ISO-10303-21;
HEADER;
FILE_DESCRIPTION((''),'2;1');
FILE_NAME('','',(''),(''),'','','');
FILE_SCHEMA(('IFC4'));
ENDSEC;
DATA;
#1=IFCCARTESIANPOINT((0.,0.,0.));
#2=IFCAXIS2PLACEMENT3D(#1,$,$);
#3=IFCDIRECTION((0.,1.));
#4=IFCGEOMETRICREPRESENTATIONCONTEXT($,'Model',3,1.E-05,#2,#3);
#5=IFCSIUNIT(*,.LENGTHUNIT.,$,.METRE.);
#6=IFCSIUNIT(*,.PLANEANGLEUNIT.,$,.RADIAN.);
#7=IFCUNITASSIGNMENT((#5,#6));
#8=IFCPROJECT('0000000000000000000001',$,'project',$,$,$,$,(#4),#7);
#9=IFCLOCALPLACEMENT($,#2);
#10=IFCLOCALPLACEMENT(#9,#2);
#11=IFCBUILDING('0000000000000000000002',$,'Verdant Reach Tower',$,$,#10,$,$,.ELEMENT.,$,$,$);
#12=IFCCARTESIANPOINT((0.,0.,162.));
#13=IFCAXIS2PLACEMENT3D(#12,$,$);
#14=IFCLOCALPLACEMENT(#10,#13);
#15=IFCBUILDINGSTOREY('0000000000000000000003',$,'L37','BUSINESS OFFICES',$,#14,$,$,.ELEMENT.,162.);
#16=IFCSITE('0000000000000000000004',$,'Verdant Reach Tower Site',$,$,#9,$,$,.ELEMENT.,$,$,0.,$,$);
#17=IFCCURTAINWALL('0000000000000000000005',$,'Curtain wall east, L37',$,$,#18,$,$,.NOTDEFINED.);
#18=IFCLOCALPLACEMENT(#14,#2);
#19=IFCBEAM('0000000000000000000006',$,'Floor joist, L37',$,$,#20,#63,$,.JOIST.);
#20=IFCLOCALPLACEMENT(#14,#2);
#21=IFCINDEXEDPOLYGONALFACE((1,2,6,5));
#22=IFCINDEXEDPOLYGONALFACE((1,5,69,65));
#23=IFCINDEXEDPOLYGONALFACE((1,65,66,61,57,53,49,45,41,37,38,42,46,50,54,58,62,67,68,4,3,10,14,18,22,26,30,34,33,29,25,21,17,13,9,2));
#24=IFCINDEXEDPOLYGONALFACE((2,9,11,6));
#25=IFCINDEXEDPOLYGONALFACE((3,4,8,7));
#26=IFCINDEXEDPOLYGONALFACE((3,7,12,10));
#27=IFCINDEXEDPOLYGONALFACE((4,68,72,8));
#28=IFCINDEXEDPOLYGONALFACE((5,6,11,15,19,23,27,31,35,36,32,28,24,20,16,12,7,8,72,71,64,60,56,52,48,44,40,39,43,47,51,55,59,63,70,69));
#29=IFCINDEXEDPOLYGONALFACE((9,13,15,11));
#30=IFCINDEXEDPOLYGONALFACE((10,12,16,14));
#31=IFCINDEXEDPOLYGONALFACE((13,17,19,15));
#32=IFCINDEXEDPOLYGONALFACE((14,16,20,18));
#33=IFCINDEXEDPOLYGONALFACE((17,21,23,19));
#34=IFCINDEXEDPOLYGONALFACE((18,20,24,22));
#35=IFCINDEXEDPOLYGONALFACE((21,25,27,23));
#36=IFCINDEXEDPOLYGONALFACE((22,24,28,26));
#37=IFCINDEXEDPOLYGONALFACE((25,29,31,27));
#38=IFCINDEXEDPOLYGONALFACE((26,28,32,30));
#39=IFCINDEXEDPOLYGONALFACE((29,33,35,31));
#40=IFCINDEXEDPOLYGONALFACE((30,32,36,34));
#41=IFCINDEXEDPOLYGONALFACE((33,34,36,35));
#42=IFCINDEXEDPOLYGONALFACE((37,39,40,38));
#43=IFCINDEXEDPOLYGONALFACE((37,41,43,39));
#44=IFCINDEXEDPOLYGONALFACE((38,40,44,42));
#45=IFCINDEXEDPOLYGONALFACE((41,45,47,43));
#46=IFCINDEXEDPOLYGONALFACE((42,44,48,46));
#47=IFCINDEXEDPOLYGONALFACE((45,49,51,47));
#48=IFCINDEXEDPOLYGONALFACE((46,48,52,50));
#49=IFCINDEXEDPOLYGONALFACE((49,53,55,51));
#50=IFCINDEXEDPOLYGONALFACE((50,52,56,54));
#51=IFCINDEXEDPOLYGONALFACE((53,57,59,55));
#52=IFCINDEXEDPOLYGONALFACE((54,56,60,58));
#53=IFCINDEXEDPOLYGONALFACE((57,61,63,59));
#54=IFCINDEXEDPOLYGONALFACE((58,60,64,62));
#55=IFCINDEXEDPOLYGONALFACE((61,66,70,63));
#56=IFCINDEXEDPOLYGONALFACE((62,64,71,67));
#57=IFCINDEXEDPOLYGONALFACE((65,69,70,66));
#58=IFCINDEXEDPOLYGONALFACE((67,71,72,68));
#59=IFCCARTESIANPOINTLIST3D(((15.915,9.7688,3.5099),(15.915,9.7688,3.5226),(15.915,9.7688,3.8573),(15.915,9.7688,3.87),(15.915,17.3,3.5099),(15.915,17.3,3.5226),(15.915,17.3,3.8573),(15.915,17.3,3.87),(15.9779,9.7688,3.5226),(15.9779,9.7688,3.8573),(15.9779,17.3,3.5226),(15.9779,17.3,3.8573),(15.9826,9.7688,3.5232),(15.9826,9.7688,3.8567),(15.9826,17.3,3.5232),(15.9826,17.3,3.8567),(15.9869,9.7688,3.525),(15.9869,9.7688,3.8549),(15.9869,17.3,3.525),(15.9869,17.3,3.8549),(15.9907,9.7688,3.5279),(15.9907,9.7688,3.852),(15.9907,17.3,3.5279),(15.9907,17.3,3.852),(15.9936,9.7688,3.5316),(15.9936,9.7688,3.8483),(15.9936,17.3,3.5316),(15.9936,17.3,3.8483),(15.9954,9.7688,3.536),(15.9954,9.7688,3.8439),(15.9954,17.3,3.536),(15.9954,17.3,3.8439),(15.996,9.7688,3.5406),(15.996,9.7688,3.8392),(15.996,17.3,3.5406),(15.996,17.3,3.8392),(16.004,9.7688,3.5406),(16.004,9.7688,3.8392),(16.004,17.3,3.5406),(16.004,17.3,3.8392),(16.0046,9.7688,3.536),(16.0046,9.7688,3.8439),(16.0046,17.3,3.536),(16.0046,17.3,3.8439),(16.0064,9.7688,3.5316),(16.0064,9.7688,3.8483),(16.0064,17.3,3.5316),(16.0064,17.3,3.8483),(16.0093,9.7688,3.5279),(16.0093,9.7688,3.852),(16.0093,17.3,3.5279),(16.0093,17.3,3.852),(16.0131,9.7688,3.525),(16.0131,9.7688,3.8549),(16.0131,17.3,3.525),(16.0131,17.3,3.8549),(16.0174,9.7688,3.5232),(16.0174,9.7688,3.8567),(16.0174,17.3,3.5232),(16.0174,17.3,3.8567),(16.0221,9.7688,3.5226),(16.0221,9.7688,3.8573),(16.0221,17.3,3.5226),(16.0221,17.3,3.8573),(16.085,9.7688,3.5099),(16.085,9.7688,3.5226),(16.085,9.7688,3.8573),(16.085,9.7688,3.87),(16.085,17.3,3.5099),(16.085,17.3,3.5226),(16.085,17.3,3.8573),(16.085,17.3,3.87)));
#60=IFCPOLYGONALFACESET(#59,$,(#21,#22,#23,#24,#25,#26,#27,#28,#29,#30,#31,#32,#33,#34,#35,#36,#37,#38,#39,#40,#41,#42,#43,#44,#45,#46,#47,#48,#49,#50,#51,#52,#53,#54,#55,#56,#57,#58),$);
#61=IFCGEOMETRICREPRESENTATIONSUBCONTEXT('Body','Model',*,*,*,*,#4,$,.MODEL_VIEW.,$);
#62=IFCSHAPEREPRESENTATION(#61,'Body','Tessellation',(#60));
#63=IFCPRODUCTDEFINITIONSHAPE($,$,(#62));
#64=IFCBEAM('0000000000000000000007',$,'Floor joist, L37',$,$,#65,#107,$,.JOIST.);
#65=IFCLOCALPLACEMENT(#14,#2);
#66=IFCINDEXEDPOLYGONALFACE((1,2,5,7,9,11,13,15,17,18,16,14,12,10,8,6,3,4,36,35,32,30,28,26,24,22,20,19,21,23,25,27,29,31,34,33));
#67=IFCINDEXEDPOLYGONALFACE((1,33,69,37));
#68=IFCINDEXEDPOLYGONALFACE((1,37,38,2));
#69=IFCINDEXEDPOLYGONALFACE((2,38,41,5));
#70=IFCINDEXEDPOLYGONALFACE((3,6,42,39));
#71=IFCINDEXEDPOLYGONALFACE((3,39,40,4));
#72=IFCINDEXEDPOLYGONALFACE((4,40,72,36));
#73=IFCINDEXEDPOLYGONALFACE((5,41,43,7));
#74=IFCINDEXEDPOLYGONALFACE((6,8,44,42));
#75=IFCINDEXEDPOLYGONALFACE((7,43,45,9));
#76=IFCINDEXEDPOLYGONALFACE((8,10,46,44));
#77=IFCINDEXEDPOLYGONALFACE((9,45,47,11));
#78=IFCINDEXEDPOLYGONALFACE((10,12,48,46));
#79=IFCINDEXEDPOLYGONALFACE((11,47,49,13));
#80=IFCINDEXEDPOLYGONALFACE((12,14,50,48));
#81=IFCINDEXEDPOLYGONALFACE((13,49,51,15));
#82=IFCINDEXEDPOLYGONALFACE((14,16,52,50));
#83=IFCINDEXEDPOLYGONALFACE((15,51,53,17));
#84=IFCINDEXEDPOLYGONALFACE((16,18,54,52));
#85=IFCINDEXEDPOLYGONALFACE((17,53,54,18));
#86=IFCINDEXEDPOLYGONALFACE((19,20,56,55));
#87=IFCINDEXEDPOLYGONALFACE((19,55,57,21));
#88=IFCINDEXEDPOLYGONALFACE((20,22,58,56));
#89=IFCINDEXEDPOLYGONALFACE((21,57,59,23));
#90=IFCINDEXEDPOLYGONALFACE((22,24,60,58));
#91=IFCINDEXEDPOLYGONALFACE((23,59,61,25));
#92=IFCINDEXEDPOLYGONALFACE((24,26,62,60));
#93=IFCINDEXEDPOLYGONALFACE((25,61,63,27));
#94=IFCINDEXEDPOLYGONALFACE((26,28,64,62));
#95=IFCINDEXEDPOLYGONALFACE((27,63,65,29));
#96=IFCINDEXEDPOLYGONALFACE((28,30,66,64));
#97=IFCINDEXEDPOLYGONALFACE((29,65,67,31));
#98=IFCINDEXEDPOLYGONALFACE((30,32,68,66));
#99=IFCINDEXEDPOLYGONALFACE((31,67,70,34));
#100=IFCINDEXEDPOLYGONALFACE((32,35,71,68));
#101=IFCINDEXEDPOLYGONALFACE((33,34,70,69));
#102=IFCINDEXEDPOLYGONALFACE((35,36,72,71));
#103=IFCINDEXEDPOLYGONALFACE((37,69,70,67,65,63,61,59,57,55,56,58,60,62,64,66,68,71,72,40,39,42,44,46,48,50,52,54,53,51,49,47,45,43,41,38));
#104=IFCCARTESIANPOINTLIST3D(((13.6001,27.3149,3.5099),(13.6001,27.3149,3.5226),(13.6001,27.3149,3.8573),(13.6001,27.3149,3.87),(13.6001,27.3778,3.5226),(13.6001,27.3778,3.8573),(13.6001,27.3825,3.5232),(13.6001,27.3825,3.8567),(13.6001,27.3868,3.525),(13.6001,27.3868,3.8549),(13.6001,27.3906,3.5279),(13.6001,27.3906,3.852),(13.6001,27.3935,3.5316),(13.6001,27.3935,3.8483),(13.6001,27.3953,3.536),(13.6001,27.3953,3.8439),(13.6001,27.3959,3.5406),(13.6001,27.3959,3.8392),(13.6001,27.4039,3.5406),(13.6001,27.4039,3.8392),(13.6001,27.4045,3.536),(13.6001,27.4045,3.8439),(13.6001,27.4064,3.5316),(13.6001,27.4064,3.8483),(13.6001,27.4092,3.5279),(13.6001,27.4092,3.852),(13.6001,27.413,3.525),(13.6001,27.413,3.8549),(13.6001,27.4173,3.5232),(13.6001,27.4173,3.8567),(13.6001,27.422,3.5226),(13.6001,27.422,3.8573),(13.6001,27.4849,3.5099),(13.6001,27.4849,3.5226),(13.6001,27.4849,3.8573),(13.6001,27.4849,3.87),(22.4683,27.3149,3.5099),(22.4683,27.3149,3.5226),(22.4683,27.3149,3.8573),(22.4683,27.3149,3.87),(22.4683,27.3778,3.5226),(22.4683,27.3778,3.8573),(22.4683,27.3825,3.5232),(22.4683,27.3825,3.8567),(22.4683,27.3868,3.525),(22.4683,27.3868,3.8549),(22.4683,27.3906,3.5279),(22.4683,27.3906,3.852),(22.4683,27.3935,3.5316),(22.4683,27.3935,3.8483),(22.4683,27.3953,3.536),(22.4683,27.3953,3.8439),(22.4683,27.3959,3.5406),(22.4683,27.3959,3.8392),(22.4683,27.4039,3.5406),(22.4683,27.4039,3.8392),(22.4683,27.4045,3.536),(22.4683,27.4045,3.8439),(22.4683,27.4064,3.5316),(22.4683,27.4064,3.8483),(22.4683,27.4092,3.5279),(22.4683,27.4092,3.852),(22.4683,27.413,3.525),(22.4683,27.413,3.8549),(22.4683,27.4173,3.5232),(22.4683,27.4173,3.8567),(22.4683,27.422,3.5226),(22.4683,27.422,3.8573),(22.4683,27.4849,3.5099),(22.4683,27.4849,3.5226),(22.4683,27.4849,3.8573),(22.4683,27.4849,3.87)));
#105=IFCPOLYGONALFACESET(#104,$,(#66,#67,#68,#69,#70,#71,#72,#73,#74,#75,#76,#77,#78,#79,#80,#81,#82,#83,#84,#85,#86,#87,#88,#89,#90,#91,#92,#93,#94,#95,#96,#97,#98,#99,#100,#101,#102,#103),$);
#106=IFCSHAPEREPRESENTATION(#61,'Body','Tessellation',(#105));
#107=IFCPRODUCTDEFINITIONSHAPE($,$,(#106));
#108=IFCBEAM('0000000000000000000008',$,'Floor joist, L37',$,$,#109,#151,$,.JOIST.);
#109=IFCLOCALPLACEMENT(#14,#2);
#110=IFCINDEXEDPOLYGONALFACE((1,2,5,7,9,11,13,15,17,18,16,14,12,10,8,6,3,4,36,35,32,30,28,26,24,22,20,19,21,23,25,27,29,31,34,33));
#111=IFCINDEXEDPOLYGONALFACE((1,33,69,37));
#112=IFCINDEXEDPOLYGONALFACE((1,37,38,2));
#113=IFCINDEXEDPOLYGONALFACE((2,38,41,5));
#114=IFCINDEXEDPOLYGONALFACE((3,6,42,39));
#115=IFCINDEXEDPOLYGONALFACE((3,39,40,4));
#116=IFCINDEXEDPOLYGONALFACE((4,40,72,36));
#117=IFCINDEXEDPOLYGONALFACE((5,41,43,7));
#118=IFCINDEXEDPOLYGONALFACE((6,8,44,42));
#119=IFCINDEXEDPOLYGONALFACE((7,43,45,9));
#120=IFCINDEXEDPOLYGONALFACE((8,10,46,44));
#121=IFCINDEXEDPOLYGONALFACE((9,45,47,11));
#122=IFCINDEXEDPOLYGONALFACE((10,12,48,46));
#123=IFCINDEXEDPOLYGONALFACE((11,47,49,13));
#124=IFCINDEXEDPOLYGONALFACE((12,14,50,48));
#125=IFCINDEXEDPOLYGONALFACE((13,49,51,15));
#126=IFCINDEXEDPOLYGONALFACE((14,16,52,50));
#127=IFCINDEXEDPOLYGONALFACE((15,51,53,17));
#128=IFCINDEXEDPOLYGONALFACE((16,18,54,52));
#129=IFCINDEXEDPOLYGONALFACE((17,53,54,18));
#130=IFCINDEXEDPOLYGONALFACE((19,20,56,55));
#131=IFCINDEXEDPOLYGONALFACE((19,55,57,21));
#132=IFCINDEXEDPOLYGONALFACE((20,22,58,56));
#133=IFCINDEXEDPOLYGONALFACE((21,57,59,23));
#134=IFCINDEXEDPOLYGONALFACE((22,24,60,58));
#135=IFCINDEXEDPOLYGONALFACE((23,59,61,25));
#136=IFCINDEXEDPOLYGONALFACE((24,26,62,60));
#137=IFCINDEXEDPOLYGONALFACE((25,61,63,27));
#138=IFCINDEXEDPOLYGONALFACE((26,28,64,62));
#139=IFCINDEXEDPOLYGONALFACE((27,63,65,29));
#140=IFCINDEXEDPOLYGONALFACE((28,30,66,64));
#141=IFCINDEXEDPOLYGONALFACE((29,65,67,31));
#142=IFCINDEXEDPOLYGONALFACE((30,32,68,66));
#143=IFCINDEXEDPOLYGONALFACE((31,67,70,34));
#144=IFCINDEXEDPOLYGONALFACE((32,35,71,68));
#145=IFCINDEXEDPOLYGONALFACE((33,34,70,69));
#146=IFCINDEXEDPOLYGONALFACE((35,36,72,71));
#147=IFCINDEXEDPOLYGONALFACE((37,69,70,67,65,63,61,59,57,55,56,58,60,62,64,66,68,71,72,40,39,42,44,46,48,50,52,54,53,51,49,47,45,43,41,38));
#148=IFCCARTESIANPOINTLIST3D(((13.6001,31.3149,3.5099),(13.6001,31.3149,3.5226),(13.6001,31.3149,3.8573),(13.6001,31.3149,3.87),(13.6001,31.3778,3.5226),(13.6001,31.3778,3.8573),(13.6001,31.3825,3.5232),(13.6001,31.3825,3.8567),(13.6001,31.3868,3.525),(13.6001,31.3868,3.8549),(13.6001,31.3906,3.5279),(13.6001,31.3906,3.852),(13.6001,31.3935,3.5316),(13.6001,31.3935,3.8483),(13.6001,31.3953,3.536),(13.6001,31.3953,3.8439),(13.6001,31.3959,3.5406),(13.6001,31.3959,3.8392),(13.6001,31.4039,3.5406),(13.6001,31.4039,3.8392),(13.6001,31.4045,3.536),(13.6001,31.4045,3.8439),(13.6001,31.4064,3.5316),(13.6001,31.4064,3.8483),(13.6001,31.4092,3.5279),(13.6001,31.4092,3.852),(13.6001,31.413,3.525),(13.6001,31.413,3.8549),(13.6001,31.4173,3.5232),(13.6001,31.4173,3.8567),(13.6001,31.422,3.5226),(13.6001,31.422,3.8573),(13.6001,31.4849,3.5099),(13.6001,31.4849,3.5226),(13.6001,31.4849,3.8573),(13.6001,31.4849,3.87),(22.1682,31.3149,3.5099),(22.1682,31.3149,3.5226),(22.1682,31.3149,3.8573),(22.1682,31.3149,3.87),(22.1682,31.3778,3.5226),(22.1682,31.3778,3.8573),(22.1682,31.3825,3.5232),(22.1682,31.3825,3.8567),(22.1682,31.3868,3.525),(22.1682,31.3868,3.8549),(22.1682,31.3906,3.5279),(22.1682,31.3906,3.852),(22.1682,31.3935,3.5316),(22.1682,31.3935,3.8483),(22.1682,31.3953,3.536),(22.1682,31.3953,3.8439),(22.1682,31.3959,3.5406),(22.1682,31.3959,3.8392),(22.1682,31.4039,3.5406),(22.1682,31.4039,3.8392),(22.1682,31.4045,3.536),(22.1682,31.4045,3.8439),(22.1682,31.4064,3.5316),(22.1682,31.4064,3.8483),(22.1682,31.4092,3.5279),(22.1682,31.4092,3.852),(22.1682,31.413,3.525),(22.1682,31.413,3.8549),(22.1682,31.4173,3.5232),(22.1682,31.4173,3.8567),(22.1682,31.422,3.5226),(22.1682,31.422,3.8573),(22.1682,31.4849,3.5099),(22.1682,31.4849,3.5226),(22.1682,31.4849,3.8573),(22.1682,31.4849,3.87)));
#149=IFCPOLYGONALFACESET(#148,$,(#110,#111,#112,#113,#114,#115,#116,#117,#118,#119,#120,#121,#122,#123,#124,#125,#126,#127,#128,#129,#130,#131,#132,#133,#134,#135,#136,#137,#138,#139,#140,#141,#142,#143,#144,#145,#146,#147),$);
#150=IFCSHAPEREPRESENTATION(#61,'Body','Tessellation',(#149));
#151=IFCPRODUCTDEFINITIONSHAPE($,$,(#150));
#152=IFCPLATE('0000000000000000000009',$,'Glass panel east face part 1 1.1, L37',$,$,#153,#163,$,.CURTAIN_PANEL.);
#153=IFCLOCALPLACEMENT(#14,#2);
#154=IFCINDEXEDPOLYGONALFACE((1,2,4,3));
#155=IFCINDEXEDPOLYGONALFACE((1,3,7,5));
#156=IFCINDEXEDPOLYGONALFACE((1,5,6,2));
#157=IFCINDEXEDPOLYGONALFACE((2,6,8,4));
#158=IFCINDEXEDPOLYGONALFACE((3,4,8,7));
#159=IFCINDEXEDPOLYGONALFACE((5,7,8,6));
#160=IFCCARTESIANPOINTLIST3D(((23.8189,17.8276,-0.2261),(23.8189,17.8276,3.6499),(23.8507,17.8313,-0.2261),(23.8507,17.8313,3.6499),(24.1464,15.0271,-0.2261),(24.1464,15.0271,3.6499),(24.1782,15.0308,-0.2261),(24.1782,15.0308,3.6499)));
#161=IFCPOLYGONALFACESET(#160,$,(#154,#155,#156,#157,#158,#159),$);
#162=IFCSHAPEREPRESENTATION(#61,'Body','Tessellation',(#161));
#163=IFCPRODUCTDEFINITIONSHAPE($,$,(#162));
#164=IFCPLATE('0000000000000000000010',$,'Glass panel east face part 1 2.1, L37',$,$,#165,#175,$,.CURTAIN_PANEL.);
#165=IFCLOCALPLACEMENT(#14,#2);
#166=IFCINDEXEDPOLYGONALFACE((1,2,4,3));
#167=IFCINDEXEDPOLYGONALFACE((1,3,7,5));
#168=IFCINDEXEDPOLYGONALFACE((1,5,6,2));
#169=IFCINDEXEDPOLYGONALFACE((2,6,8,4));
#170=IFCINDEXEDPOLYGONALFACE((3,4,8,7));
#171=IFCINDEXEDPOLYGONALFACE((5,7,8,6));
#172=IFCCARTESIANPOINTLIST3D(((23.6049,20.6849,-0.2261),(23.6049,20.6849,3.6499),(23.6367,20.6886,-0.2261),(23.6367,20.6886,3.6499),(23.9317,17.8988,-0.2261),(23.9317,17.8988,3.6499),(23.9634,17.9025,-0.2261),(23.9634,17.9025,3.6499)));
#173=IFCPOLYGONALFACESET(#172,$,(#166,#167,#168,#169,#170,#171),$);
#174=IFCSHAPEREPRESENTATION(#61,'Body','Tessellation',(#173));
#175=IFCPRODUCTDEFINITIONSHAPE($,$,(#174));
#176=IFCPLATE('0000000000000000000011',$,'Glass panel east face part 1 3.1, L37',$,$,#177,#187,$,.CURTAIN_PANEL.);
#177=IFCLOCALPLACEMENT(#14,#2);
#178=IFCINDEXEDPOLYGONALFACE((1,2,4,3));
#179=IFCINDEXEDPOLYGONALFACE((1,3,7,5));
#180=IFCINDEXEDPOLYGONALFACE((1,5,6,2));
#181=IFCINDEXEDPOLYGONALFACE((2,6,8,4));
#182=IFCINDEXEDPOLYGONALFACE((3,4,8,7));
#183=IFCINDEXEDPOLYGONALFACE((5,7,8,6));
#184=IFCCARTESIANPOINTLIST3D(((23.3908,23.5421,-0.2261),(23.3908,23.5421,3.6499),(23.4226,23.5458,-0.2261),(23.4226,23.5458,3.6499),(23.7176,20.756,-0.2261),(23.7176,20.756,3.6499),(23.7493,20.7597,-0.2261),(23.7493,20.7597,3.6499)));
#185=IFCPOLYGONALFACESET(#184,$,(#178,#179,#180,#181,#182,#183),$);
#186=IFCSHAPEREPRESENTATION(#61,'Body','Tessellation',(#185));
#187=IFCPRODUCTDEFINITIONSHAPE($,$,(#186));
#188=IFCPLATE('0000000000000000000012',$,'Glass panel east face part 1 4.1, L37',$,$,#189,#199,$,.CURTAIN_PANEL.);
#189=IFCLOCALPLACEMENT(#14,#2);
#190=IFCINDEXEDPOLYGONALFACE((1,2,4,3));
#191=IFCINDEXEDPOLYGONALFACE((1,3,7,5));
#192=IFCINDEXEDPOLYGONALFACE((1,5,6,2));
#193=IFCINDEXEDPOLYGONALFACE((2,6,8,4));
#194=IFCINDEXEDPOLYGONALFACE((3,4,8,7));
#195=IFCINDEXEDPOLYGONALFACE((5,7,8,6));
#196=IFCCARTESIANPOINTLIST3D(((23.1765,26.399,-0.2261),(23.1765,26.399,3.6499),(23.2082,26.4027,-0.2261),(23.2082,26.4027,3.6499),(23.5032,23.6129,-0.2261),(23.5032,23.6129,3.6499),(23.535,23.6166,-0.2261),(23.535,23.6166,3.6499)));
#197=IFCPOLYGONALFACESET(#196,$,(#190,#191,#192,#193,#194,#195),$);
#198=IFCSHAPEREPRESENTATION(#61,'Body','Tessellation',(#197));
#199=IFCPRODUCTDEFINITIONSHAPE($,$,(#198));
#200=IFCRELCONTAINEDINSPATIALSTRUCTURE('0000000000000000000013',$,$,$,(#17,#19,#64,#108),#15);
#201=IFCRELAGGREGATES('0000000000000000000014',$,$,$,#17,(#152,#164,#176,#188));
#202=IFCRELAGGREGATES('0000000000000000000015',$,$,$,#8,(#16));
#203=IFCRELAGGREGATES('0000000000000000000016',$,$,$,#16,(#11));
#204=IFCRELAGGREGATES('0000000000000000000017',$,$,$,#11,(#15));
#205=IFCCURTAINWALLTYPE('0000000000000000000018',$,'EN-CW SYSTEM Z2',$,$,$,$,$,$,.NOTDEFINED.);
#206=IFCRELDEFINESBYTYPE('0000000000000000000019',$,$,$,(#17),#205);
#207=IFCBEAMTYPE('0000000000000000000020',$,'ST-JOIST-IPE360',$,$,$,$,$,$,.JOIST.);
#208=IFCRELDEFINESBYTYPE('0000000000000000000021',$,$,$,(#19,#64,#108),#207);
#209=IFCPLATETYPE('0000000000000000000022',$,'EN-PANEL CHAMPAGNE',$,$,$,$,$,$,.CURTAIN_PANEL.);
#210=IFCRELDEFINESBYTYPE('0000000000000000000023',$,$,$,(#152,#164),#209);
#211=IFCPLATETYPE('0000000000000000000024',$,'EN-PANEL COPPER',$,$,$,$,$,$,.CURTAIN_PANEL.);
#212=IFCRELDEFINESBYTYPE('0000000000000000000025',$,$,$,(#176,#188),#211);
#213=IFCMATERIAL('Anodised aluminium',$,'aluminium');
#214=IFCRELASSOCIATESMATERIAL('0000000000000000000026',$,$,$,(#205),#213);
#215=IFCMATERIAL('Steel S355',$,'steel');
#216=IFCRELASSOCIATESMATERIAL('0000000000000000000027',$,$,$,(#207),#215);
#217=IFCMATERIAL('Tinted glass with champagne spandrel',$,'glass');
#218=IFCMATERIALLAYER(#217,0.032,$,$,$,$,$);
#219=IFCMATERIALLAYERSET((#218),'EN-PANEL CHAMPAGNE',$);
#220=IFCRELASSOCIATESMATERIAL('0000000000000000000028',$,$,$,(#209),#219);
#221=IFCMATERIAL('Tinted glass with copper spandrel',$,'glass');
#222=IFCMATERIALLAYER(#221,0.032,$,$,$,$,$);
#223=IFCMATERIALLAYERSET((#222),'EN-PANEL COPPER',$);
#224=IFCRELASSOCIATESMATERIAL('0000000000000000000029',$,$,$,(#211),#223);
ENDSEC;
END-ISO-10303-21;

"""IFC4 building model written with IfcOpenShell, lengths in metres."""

from ifc_helpers import new_model, si_unit, direction, frame, origin, origin_2d, place, context, subcontext, project, spatial, rectangle, i_section, extrude, material, layer, layer_set, material_profile, profile_set, type_object, element, aggregate, save


model = new_model("IFC4")

# Units and contexts
model_context = context("Model", 3, precision=1e-05, world=origin(), true_north=direction((0.0, 1.0)))
body_context = subcontext(model_context, "Body", "Model", "MODEL_VIEW")
ifc_project = project(units=[si_unit("LENGTHUNIT", "METRE"), si_unit("PLANEANGLEUNIT", "RADIAN")], contexts=[model_context])

# Site, building, storey
site_placement = place(None, origin())
site = spatial("IfcSite", under=ifc_project, at=site_placement, Name="Verdant Reach Tower Site", CompositionType="ELEMENT", RefElevation=0.0)
building_placement = place(site_placement, origin())
building = spatial("IfcBuilding", under=site, at=building_placement, Name="Verdant Reach Tower", CompositionType="ELEMENT")
storey_placement = place(building_placement, frame((0.0, 0.0, 162.0)))
storey = spatial("IfcBuildingStorey", under=building, at=storey_placement, Name="L37", Description="BUSINESS OFFICES", CompositionType="ELEMENT", Elevation=162.0)

# Curtain wall
ifc_material_1 = material(Name="Anodised aluminium", Category="aluminium")
curtain_wall_type = type_object("IfcCurtainWallType", Name="EN-CW SYSTEM Z2", PredefinedType="NOTDEFINED", material=ifc_material_1)
curtain_wall_placement = place(storey_placement, origin())
curtain_wall = element("IfcCurtainWall", 1, at=curtain_wall_placement, inside=storey, type_object=curtain_wall_type, Name="Curtain wall east, L37", PredefinedType="NOTDEFINED")

# Beams
ifc_material_2 = material(Name="Steel S355", Category="steel")
ifc_material_profile_1 = material_profile(ifc_material_2, i_section(OverallWidth=0.1699, OverallDepth=0.3601, WebThickness=0.0081, FlangeThickness=0.0127, FilletRadius=0.0181, at=origin_2d()), Name="IPE 360")
ifc_profile_set_1 = profile_set([ifc_material_profile_1], Name="Steel S355")
beam_type_1 = type_object("IfcBeamType", Name="ST-JOIST-IPE360", PredefinedType="JOIST", material=ifc_profile_set_1)
beam_1_placement = place(storey_placement, frame((16.0, 17.3, 3.6899), z_axis=(0.0, -1.0, 0.0), x_axis=(1.0, 0.0, 0.0)))
element("IfcBeam", 2, at=beam_1_placement, inside=storey, type_object=beam_type_1, Name="Floor joist, L37", PredefinedType="JOIST", context=body_context, shape_type="SweptSolid", body=[
    extrude(i_section(OverallWidth=0.1699, OverallDepth=0.3601, WebThickness=0.0081, FlangeThickness=0.0127, FilletRadius=0.0181, at=origin_2d()), origin(), (0.0, 0.0, 1.0), 7.5312),
])
beam_2_placement = place(storey_placement, frame((13.6001, 27.3999, 3.6899), z_axis=(1.0, 0.0, 0.0), x_axis=(0.0, 1.0, 0.0)))
element("IfcBeam", 3, at=beam_2_placement, inside=storey, type_object=beam_type_1, Name="Floor joist, L37", PredefinedType="JOIST", context=body_context, shape_type="SweptSolid", body=[
    extrude(i_section(OverallWidth=0.1699, OverallDepth=0.3601, WebThickness=0.0081, FlangeThickness=0.0127, FilletRadius=0.0181, at=origin_2d()), origin(), (0.0, 0.0, 1.0), 8.8682),
])
beam_3_placement = place(storey_placement, frame((13.6001, 31.3999, 3.6899), z_axis=(1.0, 0.0, 0.0), x_axis=(0.0, 1.0, 0.0)))
element("IfcBeam", 4, at=beam_3_placement, inside=storey, type_object=beam_type_1, Name="Floor joist, L37", PredefinedType="JOIST", context=body_context, shape_type="SweptSolid", body=[
    extrude(i_section(OverallWidth=0.1699, OverallDepth=0.3601, WebThickness=0.0081, FlangeThickness=0.0127, FilletRadius=0.0181, at=origin_2d()), origin(), (0.0, 0.0, 1.0), 8.5681),
])

# Plates
ifc_material_3 = material(Name="Tinted glass with champagne spandrel", Category="glass")
ifc_layer_1 = layer(ifc_material_3, 0.032)
ifc_layer_set_1 = layer_set([ifc_layer_1], Name="EN-PANEL CHAMPAGNE")
plate_type_1 = type_object("IfcPlateType", Name="EN-PANEL CHAMPAGNE", PredefinedType="CURTAIN_PANEL", material=ifc_layer_set_1)
plate_1_placement = place(storey_placement, frame((23.9985, 16.4292, -0.2261), z_axis=(0.0, 0.0, 1.0), x_axis=(-0.116147, 0.993232, 0.0)))
plate_1 = element("IfcPlate", 5, at=plate_1_placement, type_object=plate_type_1, Name="Glass panel east face part 1 1.1, L37", PredefinedType="CURTAIN_PANEL", context=body_context, shape_type="SweptSolid", body=[
    extrude(rectangle(XDim=2.8196, YDim=0.032, at=origin_2d()), origin(), (0.0, 0.0, 1.0), 3.876),
])
plate_2_placement = place(storey_placement, frame((23.7842, 19.2937, -0.2261), z_axis=(0.0, 0.0, 1.0), x_axis=(-0.116483, 0.993193, 0.0)))
plate_2 = element("IfcPlate", 6, at=plate_2_placement, type_object=plate_type_1, Name="Glass panel east face part 1 2.1, L37", PredefinedType="CURTAIN_PANEL", context=body_context, shape_type="SweptSolid", body=[
    extrude(rectangle(XDim=2.8052, YDim=0.032, at=origin_2d()), origin(), (0.0, 0.0, 1.0), 3.876),
])
ifc_material_4 = material(Name="Tinted glass with copper spandrel", Category="glass")
ifc_layer_2 = layer(ifc_material_4, 0.032)
ifc_layer_set_2 = layer_set([ifc_layer_2], Name="EN-PANEL COPPER")
plate_type_2 = type_object("IfcPlateType", Name="EN-PANEL COPPER", PredefinedType="CURTAIN_PANEL", material=ifc_layer_set_2)
plate_3_placement = place(storey_placement, frame((23.5701, 22.1509, -0.2261), z_axis=(0.0, 0.0, 1.0), x_axis=(-0.116483, 0.993193, 0.0)))
plate_3 = element("IfcPlate", 7, at=plate_3_placement, type_object=plate_type_2, Name="Glass panel east face part 1 3.1, L37", PredefinedType="CURTAIN_PANEL", context=body_context, shape_type="SweptSolid", body=[
    extrude(rectangle(XDim=2.8052, YDim=0.032, at=origin_2d()), origin(), (0.0, 0.0, 1.0), 3.876),
])
plate_4_placement = place(storey_placement, frame((23.3557, 25.0078, -0.2261), z_axis=(0.0, 0.0, 1.0), x_axis=(-0.116483, 0.993193, 0.0)))
plate_4 = element("IfcPlate", 8, at=plate_4_placement, type_object=plate_type_2, Name="Glass panel east face part 1 4.1, L37", PredefinedType="CURTAIN_PANEL", context=body_context, shape_type="SweptSolid", body=[
    extrude(rectangle(XDim=2.8052, YDim=0.032, at=origin_2d()), origin(), (0.0, 0.0, 1.0), 3.876),
])
aggregate(curtain_wall, [plate_1, plate_2, plate_3, plate_4])

save(model, "model.ifc")
